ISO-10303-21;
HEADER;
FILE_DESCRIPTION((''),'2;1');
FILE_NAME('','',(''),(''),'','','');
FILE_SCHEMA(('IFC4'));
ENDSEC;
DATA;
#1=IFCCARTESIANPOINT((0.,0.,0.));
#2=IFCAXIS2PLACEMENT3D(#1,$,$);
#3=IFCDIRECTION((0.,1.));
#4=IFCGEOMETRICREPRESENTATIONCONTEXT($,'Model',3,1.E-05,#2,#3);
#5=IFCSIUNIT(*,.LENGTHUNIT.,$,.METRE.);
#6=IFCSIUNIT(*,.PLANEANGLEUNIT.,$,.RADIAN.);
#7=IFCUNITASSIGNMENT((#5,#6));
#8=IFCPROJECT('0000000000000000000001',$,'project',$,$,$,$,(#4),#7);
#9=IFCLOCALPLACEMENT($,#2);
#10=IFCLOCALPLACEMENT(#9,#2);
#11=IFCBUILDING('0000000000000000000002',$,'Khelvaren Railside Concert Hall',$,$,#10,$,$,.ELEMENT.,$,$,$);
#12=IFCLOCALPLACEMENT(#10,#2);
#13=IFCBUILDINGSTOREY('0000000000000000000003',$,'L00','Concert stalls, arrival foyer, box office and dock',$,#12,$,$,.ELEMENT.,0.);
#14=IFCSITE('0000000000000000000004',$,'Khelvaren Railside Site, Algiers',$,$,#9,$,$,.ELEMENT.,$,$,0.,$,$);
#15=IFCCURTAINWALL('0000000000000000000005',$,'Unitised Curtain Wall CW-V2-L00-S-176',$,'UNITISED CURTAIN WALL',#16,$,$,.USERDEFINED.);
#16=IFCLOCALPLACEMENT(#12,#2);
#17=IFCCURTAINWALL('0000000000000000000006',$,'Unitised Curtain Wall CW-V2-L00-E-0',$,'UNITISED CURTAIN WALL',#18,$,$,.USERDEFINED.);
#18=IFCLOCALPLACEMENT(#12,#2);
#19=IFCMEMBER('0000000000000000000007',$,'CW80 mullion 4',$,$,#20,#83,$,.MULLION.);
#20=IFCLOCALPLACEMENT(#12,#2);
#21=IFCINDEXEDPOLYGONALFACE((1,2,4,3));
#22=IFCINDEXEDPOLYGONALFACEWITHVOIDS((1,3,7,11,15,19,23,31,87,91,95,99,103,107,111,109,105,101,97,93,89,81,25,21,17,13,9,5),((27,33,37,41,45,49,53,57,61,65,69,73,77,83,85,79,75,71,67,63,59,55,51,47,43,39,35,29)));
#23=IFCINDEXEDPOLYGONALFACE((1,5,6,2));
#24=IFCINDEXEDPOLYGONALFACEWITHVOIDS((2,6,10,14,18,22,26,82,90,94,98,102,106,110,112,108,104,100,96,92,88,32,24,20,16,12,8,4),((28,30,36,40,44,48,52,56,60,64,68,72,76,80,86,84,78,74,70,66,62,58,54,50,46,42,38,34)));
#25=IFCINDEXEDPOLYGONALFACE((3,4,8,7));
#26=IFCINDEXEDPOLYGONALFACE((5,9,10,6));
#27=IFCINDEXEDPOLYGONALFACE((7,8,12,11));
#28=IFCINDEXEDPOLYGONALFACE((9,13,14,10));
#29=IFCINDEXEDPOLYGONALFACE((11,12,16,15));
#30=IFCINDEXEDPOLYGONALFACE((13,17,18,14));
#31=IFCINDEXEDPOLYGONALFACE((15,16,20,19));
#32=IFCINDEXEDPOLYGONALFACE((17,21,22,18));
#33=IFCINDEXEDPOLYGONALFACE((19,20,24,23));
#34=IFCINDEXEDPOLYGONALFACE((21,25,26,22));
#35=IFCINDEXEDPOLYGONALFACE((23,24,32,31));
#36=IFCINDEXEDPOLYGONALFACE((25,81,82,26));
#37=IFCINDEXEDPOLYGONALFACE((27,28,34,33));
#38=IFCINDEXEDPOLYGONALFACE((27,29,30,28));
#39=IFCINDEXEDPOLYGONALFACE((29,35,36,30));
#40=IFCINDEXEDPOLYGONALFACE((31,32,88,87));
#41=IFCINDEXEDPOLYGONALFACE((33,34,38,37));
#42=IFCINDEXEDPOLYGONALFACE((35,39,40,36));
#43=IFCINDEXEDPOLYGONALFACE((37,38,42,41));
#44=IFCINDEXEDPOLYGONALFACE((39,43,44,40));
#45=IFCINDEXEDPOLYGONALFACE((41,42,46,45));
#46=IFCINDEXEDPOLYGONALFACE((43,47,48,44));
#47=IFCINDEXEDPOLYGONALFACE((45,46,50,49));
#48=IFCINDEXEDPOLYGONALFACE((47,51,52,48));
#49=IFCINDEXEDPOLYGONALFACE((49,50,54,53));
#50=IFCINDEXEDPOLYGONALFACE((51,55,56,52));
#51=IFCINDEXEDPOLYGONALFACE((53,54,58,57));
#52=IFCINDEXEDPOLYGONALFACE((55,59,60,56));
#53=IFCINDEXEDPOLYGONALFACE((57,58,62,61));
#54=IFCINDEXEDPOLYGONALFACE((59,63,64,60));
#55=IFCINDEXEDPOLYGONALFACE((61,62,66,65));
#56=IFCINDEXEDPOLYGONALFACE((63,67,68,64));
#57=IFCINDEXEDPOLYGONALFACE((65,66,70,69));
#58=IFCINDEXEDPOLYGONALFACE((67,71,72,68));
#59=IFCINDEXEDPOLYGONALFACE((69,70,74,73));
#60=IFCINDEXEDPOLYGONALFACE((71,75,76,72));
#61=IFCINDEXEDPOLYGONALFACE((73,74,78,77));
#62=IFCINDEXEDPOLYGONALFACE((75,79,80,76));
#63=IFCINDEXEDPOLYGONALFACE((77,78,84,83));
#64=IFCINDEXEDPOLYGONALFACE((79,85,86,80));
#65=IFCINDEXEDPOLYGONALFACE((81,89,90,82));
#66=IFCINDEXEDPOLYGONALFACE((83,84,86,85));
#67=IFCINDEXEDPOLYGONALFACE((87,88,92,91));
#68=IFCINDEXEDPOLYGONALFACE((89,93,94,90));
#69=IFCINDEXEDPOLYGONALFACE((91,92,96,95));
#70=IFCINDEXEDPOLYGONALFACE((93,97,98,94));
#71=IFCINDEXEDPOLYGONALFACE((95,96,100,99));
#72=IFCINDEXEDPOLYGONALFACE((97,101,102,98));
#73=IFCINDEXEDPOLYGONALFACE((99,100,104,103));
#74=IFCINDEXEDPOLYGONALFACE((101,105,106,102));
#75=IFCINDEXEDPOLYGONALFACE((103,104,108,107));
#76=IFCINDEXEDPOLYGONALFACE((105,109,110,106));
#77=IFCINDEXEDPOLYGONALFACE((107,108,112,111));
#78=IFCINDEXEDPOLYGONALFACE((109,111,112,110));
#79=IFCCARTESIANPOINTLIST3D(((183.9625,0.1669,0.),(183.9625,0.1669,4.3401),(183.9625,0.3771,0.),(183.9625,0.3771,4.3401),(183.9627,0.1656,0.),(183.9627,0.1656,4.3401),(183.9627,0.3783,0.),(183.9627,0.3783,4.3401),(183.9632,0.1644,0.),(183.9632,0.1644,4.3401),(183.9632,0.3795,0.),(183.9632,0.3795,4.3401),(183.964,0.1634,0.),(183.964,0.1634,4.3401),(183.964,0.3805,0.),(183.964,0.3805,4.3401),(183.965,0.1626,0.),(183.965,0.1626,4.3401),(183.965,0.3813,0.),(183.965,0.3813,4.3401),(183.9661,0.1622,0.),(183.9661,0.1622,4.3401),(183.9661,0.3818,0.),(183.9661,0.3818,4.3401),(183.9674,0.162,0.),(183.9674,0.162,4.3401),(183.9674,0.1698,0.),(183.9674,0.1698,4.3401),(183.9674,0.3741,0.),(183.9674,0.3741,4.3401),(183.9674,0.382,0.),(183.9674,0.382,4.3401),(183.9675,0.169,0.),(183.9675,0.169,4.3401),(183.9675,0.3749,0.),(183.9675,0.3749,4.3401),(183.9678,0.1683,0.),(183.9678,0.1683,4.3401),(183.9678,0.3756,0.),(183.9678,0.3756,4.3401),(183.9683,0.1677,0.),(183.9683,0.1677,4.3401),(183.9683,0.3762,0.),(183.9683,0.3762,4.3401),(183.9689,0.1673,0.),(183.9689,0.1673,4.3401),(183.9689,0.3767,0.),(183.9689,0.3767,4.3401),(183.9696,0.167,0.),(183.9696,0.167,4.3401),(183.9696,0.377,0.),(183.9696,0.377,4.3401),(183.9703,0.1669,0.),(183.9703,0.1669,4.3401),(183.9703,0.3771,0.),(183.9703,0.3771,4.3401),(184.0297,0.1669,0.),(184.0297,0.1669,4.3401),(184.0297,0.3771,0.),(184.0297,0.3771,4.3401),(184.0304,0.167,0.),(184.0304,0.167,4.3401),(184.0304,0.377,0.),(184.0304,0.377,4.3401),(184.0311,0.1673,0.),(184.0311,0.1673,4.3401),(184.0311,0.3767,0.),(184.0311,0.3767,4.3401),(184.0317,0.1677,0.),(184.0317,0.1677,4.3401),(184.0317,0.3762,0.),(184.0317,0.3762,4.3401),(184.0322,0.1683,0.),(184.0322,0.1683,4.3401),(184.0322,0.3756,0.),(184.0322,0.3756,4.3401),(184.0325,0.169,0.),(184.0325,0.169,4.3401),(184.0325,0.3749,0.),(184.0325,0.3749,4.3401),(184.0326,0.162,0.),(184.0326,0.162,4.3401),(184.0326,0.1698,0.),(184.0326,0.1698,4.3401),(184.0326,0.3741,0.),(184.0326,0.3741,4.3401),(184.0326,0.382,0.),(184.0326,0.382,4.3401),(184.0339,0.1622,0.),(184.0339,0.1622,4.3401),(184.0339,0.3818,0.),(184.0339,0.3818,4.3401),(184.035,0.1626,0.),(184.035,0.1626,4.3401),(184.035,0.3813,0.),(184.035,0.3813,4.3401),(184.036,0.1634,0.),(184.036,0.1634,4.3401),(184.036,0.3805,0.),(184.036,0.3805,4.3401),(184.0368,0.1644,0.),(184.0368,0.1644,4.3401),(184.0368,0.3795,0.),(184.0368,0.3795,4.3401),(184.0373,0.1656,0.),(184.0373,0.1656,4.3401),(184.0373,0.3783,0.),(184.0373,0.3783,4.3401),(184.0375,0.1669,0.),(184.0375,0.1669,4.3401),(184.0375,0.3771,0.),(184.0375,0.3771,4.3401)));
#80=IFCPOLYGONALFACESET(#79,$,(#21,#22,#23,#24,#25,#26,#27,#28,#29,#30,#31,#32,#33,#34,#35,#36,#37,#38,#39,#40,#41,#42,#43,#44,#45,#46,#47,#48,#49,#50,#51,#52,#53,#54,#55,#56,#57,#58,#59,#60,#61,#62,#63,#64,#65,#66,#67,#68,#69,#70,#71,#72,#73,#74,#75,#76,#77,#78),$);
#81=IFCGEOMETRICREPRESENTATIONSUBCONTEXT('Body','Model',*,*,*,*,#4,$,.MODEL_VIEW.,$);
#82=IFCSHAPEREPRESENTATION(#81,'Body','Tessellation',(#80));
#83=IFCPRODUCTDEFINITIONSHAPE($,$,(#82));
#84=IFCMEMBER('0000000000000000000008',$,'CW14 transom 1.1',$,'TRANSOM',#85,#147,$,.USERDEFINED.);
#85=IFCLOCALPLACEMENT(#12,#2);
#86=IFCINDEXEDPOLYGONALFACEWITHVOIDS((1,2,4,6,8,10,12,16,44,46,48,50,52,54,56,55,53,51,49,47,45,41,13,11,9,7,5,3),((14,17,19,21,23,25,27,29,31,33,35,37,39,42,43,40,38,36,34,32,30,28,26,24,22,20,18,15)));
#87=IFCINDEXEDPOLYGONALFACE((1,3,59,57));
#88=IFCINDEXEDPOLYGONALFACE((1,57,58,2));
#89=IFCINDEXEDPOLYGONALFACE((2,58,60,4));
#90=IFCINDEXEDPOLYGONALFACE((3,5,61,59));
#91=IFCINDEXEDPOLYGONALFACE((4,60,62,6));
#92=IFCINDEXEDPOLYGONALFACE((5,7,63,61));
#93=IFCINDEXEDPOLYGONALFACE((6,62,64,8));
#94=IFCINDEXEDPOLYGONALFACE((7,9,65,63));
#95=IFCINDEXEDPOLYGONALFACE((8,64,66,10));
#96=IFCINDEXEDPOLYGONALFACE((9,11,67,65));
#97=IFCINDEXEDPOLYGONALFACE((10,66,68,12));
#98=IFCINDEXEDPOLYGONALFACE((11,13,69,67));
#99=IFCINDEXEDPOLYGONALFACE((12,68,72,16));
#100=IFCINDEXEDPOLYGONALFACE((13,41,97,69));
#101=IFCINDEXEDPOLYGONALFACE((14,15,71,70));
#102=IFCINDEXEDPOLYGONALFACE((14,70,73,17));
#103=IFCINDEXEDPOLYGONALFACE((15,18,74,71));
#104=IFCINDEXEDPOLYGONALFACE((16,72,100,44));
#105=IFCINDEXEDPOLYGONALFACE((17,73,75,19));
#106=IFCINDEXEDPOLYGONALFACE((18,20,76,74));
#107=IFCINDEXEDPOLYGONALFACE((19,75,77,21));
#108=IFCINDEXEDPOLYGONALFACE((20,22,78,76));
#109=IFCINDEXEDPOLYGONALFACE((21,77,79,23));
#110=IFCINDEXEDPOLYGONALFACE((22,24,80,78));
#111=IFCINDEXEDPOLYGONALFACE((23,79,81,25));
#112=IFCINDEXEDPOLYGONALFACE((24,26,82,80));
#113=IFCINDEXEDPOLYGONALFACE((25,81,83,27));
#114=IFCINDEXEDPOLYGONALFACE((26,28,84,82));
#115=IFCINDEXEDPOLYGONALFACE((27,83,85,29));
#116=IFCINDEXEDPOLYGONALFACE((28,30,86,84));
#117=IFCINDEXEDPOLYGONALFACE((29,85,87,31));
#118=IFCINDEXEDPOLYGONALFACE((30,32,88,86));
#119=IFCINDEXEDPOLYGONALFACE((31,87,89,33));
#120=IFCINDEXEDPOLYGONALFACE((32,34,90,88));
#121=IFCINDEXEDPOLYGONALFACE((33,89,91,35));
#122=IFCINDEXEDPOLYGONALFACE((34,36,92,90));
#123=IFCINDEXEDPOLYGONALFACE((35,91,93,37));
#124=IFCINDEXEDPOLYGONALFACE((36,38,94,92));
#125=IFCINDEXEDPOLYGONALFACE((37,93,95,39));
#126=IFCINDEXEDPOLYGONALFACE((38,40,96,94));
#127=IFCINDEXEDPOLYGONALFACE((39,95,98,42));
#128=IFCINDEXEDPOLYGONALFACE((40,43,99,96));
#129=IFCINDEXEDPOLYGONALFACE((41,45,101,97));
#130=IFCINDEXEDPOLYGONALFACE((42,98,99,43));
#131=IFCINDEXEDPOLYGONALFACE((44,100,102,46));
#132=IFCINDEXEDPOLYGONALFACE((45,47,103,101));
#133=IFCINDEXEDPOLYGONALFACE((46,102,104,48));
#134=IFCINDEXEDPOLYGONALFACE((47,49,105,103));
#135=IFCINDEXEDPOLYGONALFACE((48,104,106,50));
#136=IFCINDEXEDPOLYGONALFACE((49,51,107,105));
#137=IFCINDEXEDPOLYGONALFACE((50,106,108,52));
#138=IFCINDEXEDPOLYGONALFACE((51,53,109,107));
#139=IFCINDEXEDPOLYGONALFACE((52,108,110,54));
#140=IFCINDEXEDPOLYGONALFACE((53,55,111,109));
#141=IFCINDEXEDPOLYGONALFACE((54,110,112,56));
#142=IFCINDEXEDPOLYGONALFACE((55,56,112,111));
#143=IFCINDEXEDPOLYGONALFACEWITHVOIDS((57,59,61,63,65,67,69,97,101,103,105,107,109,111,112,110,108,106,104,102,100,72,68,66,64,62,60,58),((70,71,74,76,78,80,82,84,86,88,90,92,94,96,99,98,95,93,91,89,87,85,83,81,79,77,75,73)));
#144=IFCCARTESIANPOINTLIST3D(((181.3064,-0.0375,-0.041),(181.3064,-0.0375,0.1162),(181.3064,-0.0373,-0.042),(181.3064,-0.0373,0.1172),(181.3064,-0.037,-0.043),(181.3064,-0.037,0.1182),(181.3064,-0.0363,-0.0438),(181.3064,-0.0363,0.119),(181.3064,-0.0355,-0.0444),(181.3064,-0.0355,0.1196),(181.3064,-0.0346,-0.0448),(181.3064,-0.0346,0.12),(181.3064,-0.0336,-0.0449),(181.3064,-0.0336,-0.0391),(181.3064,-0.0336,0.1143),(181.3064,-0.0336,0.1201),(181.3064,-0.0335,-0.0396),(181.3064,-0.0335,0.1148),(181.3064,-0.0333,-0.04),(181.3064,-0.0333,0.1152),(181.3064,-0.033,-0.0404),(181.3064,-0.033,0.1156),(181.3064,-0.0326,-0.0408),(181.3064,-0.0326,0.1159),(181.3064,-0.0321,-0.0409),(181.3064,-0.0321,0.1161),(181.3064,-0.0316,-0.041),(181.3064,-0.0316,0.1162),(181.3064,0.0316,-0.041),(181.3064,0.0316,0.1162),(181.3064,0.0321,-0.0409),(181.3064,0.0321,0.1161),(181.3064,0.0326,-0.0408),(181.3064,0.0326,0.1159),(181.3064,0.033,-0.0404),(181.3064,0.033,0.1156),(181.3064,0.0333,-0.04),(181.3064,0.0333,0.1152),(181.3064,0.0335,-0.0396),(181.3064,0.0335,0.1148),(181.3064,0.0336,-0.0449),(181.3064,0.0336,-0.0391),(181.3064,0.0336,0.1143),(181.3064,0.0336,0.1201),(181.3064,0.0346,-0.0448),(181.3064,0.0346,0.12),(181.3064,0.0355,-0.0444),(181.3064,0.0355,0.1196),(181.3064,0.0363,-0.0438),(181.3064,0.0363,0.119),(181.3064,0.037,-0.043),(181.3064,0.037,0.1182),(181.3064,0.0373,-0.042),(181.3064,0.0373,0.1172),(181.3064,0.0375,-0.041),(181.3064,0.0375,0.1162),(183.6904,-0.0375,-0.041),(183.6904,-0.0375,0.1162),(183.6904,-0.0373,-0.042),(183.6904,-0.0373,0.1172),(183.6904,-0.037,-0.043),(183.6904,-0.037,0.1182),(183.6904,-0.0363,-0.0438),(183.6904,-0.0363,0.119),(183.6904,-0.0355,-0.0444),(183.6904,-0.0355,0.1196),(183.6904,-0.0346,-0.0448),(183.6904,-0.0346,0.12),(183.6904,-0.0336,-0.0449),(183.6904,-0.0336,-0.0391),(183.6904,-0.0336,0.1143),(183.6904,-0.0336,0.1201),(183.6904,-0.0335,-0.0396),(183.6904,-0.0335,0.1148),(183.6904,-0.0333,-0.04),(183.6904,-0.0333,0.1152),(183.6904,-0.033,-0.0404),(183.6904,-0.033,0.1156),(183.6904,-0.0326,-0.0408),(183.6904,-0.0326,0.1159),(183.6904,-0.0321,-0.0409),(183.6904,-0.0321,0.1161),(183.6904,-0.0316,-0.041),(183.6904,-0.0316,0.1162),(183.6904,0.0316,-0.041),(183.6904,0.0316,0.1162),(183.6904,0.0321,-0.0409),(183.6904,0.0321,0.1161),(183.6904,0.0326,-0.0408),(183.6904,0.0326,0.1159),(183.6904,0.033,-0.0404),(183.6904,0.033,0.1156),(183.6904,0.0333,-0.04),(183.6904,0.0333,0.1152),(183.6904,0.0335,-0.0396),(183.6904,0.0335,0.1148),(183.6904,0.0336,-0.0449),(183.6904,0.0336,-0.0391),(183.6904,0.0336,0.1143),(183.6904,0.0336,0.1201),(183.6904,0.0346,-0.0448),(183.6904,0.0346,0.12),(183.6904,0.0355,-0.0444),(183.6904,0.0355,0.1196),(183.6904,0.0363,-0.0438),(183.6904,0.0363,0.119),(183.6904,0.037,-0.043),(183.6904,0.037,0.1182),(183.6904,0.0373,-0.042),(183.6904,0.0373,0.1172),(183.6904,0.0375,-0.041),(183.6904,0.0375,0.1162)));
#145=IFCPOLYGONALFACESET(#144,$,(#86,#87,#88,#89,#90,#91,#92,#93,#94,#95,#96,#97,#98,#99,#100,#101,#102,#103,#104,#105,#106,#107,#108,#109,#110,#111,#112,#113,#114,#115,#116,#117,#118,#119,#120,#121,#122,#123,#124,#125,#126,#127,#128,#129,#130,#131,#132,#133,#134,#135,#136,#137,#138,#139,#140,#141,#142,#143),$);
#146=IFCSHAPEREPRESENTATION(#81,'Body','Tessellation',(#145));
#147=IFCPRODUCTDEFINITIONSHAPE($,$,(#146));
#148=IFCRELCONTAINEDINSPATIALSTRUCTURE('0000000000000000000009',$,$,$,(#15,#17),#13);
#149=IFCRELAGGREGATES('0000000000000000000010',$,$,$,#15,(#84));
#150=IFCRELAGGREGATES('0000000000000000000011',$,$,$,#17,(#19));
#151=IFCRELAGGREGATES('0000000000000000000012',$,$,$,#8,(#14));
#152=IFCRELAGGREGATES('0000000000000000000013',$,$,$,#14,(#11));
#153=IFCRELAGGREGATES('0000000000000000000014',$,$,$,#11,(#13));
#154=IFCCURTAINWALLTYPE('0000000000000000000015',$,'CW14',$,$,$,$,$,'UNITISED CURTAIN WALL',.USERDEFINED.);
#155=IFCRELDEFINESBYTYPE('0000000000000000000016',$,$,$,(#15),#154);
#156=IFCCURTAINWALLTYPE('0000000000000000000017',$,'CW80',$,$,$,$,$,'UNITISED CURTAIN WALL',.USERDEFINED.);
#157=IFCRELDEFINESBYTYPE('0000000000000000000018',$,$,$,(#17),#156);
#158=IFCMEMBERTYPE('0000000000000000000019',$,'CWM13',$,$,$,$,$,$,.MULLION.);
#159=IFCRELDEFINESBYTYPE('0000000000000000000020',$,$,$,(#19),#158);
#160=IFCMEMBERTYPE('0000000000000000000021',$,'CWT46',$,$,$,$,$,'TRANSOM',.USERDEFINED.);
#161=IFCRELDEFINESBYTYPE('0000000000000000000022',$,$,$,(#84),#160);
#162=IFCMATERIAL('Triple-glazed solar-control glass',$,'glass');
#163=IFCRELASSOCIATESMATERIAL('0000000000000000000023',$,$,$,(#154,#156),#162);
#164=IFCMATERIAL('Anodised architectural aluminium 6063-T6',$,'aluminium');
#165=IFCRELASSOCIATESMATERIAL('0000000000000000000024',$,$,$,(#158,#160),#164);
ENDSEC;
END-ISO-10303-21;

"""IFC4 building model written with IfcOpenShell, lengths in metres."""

from ifc_helpers import new_model, si_unit, direction, frame, origin, origin_2d, place, context, subcontext, project, spatial, hollow_rectangle, extrude, material, material_profile, profile_set, type_object, element, aggregate, save


model = new_model("IFC4")

# Units and contexts
model_context = context("Model", 3, precision=1e-05, world=origin(), true_north=direction((0.0, 1.0)))
body_context = subcontext(model_context, "Body", "Model", "MODEL_VIEW")
ifc_project = project(units=[si_unit("LENGTHUNIT", "METRE"), si_unit("PLANEANGLEUNIT", "RADIAN")], contexts=[model_context])

# Site, building, storey
site_placement = place(None, origin())
site = spatial("IfcSite", under=ifc_project, at=site_placement, Name="Khelvaren Railside Site, Algiers", CompositionType="ELEMENT", RefElevation=0.0)
building_placement = place(site_placement, origin())
building = spatial("IfcBuilding", under=site, at=building_placement, Name="Khelvaren Railside Concert Hall", CompositionType="ELEMENT")
storey_placement = place(building_placement, origin())
storey = spatial("IfcBuildingStorey", under=building, at=storey_placement, Name="L00", Description="Concert stalls, arrival foyer, box office and dock", CompositionType="ELEMENT", Elevation=0.0)

# Curtain wall
ifc_material_1 = material(Name="Triple-glazed solar-control glass", Category="glass")
curtain_wall_type_1 = type_object("IfcCurtainWallType", Name="CW14", ElementType="UNITISED CURTAIN WALL", PredefinedType="USERDEFINED", material=ifc_material_1)
curtain_wall_1_placement = place(storey_placement, origin())
curtain_wall_1 = element("IfcCurtainWall", 1, at=curtain_wall_1_placement, inside=storey, type_object=curtain_wall_type_1, Name="Unitised Curtain Wall CW-V2-L00-S-176", ObjectType="UNITISED CURTAIN WALL", PredefinedType="USERDEFINED")
ifc_material_2 = material(Name="Anodised architectural aluminium 6063-T6", Category="aluminium")
ifc_material_profile_1 = material_profile(ifc_material_2, hollow_rectangle(XDim=0.075, YDim=0.22, WallThickness=0.0049, InnerFilletRadius=0.0029, OuterFilletRadius=0.0049, at=origin_2d()), Name="CWM 75x220x5")
ifc_profile_set_1 = profile_set([ifc_material_profile_1], Name="Anodised architectural aluminium 6063-T6")
member_type_1 = type_object("IfcMemberType", Name="CWM13", PredefinedType="MULLION", material=ifc_profile_set_1)

# Curtain wall, member
curtain_wall_type_2 = type_object("IfcCurtainWallType", Name="CW80", ElementType="UNITISED CURTAIN WALL", PredefinedType="USERDEFINED", material=ifc_material_1)
curtain_wall_2_placement = place(storey_placement, origin())
curtain_wall_2 = element("IfcCurtainWall", 2, at=curtain_wall_2_placement, inside=storey, type_object=curtain_wall_type_2, Name="Unitised Curtain Wall CW-V2-L00-E-0", ObjectType="UNITISED CURTAIN WALL", PredefinedType="USERDEFINED")
member_1_placement = place(storey_placement, frame((184.0, 0.272, 0.0), z_axis=(0.0, 0.0, 1.0), x_axis=(1.0, 0.0, 0.0)))
member_1 = element("IfcMember", 3, at=member_1_placement, type_object=member_type_1, Name="CW80 mullion 4", PredefinedType="MULLION", context=body_context, shape_type="SweptSolid", body=[
    extrude(hollow_rectangle(XDim=0.075, YDim=0.22, WallThickness=0.0049, InnerFilletRadius=0.0029, OuterFilletRadius=0.0049, at=origin_2d()), origin(), (0.0, 0.0, 1.0), 4.3401),
])

# Member
ifc_material_profile_2 = material_profile(ifc_material_2, hollow_rectangle(XDim=0.075, YDim=0.165, WallThickness=0.0039, InnerFilletRadius=0.002, OuterFilletRadius=0.0039, at=origin_2d()), Name="CWT 75x165x4")
ifc_profile_set_2 = profile_set([ifc_material_profile_2], Name="Anodised architectural aluminium 6063-T6")
member_type_2 = type_object("IfcMemberType", Name="CWT46", ElementType="TRANSOM", PredefinedType="USERDEFINED", material=ifc_profile_set_2)
member_2_placement = place(storey_placement, frame((183.6904, 0.0, 0.0376), z_axis=(-1.0, 0.0, 0.0), x_axis=(0.0, -1.0, 0.0)))
member_2 = element("IfcMember", 4, at=member_2_placement, type_object=member_type_2, Name="CW14 transom 1.1", ObjectType="TRANSOM", PredefinedType="USERDEFINED", context=body_context, shape_type="SweptSolid", body=[
    extrude(hollow_rectangle(XDim=0.075, YDim=0.165, WallThickness=0.0039, InnerFilletRadius=0.002, OuterFilletRadius=0.0039, at=origin_2d()), origin(), (0.0, 0.0, 1.0), 2.384),
])

aggregate(curtain_wall_1, [member_2])
aggregate(curtain_wall_2, [member_1])

save(model, "model.ifc")
